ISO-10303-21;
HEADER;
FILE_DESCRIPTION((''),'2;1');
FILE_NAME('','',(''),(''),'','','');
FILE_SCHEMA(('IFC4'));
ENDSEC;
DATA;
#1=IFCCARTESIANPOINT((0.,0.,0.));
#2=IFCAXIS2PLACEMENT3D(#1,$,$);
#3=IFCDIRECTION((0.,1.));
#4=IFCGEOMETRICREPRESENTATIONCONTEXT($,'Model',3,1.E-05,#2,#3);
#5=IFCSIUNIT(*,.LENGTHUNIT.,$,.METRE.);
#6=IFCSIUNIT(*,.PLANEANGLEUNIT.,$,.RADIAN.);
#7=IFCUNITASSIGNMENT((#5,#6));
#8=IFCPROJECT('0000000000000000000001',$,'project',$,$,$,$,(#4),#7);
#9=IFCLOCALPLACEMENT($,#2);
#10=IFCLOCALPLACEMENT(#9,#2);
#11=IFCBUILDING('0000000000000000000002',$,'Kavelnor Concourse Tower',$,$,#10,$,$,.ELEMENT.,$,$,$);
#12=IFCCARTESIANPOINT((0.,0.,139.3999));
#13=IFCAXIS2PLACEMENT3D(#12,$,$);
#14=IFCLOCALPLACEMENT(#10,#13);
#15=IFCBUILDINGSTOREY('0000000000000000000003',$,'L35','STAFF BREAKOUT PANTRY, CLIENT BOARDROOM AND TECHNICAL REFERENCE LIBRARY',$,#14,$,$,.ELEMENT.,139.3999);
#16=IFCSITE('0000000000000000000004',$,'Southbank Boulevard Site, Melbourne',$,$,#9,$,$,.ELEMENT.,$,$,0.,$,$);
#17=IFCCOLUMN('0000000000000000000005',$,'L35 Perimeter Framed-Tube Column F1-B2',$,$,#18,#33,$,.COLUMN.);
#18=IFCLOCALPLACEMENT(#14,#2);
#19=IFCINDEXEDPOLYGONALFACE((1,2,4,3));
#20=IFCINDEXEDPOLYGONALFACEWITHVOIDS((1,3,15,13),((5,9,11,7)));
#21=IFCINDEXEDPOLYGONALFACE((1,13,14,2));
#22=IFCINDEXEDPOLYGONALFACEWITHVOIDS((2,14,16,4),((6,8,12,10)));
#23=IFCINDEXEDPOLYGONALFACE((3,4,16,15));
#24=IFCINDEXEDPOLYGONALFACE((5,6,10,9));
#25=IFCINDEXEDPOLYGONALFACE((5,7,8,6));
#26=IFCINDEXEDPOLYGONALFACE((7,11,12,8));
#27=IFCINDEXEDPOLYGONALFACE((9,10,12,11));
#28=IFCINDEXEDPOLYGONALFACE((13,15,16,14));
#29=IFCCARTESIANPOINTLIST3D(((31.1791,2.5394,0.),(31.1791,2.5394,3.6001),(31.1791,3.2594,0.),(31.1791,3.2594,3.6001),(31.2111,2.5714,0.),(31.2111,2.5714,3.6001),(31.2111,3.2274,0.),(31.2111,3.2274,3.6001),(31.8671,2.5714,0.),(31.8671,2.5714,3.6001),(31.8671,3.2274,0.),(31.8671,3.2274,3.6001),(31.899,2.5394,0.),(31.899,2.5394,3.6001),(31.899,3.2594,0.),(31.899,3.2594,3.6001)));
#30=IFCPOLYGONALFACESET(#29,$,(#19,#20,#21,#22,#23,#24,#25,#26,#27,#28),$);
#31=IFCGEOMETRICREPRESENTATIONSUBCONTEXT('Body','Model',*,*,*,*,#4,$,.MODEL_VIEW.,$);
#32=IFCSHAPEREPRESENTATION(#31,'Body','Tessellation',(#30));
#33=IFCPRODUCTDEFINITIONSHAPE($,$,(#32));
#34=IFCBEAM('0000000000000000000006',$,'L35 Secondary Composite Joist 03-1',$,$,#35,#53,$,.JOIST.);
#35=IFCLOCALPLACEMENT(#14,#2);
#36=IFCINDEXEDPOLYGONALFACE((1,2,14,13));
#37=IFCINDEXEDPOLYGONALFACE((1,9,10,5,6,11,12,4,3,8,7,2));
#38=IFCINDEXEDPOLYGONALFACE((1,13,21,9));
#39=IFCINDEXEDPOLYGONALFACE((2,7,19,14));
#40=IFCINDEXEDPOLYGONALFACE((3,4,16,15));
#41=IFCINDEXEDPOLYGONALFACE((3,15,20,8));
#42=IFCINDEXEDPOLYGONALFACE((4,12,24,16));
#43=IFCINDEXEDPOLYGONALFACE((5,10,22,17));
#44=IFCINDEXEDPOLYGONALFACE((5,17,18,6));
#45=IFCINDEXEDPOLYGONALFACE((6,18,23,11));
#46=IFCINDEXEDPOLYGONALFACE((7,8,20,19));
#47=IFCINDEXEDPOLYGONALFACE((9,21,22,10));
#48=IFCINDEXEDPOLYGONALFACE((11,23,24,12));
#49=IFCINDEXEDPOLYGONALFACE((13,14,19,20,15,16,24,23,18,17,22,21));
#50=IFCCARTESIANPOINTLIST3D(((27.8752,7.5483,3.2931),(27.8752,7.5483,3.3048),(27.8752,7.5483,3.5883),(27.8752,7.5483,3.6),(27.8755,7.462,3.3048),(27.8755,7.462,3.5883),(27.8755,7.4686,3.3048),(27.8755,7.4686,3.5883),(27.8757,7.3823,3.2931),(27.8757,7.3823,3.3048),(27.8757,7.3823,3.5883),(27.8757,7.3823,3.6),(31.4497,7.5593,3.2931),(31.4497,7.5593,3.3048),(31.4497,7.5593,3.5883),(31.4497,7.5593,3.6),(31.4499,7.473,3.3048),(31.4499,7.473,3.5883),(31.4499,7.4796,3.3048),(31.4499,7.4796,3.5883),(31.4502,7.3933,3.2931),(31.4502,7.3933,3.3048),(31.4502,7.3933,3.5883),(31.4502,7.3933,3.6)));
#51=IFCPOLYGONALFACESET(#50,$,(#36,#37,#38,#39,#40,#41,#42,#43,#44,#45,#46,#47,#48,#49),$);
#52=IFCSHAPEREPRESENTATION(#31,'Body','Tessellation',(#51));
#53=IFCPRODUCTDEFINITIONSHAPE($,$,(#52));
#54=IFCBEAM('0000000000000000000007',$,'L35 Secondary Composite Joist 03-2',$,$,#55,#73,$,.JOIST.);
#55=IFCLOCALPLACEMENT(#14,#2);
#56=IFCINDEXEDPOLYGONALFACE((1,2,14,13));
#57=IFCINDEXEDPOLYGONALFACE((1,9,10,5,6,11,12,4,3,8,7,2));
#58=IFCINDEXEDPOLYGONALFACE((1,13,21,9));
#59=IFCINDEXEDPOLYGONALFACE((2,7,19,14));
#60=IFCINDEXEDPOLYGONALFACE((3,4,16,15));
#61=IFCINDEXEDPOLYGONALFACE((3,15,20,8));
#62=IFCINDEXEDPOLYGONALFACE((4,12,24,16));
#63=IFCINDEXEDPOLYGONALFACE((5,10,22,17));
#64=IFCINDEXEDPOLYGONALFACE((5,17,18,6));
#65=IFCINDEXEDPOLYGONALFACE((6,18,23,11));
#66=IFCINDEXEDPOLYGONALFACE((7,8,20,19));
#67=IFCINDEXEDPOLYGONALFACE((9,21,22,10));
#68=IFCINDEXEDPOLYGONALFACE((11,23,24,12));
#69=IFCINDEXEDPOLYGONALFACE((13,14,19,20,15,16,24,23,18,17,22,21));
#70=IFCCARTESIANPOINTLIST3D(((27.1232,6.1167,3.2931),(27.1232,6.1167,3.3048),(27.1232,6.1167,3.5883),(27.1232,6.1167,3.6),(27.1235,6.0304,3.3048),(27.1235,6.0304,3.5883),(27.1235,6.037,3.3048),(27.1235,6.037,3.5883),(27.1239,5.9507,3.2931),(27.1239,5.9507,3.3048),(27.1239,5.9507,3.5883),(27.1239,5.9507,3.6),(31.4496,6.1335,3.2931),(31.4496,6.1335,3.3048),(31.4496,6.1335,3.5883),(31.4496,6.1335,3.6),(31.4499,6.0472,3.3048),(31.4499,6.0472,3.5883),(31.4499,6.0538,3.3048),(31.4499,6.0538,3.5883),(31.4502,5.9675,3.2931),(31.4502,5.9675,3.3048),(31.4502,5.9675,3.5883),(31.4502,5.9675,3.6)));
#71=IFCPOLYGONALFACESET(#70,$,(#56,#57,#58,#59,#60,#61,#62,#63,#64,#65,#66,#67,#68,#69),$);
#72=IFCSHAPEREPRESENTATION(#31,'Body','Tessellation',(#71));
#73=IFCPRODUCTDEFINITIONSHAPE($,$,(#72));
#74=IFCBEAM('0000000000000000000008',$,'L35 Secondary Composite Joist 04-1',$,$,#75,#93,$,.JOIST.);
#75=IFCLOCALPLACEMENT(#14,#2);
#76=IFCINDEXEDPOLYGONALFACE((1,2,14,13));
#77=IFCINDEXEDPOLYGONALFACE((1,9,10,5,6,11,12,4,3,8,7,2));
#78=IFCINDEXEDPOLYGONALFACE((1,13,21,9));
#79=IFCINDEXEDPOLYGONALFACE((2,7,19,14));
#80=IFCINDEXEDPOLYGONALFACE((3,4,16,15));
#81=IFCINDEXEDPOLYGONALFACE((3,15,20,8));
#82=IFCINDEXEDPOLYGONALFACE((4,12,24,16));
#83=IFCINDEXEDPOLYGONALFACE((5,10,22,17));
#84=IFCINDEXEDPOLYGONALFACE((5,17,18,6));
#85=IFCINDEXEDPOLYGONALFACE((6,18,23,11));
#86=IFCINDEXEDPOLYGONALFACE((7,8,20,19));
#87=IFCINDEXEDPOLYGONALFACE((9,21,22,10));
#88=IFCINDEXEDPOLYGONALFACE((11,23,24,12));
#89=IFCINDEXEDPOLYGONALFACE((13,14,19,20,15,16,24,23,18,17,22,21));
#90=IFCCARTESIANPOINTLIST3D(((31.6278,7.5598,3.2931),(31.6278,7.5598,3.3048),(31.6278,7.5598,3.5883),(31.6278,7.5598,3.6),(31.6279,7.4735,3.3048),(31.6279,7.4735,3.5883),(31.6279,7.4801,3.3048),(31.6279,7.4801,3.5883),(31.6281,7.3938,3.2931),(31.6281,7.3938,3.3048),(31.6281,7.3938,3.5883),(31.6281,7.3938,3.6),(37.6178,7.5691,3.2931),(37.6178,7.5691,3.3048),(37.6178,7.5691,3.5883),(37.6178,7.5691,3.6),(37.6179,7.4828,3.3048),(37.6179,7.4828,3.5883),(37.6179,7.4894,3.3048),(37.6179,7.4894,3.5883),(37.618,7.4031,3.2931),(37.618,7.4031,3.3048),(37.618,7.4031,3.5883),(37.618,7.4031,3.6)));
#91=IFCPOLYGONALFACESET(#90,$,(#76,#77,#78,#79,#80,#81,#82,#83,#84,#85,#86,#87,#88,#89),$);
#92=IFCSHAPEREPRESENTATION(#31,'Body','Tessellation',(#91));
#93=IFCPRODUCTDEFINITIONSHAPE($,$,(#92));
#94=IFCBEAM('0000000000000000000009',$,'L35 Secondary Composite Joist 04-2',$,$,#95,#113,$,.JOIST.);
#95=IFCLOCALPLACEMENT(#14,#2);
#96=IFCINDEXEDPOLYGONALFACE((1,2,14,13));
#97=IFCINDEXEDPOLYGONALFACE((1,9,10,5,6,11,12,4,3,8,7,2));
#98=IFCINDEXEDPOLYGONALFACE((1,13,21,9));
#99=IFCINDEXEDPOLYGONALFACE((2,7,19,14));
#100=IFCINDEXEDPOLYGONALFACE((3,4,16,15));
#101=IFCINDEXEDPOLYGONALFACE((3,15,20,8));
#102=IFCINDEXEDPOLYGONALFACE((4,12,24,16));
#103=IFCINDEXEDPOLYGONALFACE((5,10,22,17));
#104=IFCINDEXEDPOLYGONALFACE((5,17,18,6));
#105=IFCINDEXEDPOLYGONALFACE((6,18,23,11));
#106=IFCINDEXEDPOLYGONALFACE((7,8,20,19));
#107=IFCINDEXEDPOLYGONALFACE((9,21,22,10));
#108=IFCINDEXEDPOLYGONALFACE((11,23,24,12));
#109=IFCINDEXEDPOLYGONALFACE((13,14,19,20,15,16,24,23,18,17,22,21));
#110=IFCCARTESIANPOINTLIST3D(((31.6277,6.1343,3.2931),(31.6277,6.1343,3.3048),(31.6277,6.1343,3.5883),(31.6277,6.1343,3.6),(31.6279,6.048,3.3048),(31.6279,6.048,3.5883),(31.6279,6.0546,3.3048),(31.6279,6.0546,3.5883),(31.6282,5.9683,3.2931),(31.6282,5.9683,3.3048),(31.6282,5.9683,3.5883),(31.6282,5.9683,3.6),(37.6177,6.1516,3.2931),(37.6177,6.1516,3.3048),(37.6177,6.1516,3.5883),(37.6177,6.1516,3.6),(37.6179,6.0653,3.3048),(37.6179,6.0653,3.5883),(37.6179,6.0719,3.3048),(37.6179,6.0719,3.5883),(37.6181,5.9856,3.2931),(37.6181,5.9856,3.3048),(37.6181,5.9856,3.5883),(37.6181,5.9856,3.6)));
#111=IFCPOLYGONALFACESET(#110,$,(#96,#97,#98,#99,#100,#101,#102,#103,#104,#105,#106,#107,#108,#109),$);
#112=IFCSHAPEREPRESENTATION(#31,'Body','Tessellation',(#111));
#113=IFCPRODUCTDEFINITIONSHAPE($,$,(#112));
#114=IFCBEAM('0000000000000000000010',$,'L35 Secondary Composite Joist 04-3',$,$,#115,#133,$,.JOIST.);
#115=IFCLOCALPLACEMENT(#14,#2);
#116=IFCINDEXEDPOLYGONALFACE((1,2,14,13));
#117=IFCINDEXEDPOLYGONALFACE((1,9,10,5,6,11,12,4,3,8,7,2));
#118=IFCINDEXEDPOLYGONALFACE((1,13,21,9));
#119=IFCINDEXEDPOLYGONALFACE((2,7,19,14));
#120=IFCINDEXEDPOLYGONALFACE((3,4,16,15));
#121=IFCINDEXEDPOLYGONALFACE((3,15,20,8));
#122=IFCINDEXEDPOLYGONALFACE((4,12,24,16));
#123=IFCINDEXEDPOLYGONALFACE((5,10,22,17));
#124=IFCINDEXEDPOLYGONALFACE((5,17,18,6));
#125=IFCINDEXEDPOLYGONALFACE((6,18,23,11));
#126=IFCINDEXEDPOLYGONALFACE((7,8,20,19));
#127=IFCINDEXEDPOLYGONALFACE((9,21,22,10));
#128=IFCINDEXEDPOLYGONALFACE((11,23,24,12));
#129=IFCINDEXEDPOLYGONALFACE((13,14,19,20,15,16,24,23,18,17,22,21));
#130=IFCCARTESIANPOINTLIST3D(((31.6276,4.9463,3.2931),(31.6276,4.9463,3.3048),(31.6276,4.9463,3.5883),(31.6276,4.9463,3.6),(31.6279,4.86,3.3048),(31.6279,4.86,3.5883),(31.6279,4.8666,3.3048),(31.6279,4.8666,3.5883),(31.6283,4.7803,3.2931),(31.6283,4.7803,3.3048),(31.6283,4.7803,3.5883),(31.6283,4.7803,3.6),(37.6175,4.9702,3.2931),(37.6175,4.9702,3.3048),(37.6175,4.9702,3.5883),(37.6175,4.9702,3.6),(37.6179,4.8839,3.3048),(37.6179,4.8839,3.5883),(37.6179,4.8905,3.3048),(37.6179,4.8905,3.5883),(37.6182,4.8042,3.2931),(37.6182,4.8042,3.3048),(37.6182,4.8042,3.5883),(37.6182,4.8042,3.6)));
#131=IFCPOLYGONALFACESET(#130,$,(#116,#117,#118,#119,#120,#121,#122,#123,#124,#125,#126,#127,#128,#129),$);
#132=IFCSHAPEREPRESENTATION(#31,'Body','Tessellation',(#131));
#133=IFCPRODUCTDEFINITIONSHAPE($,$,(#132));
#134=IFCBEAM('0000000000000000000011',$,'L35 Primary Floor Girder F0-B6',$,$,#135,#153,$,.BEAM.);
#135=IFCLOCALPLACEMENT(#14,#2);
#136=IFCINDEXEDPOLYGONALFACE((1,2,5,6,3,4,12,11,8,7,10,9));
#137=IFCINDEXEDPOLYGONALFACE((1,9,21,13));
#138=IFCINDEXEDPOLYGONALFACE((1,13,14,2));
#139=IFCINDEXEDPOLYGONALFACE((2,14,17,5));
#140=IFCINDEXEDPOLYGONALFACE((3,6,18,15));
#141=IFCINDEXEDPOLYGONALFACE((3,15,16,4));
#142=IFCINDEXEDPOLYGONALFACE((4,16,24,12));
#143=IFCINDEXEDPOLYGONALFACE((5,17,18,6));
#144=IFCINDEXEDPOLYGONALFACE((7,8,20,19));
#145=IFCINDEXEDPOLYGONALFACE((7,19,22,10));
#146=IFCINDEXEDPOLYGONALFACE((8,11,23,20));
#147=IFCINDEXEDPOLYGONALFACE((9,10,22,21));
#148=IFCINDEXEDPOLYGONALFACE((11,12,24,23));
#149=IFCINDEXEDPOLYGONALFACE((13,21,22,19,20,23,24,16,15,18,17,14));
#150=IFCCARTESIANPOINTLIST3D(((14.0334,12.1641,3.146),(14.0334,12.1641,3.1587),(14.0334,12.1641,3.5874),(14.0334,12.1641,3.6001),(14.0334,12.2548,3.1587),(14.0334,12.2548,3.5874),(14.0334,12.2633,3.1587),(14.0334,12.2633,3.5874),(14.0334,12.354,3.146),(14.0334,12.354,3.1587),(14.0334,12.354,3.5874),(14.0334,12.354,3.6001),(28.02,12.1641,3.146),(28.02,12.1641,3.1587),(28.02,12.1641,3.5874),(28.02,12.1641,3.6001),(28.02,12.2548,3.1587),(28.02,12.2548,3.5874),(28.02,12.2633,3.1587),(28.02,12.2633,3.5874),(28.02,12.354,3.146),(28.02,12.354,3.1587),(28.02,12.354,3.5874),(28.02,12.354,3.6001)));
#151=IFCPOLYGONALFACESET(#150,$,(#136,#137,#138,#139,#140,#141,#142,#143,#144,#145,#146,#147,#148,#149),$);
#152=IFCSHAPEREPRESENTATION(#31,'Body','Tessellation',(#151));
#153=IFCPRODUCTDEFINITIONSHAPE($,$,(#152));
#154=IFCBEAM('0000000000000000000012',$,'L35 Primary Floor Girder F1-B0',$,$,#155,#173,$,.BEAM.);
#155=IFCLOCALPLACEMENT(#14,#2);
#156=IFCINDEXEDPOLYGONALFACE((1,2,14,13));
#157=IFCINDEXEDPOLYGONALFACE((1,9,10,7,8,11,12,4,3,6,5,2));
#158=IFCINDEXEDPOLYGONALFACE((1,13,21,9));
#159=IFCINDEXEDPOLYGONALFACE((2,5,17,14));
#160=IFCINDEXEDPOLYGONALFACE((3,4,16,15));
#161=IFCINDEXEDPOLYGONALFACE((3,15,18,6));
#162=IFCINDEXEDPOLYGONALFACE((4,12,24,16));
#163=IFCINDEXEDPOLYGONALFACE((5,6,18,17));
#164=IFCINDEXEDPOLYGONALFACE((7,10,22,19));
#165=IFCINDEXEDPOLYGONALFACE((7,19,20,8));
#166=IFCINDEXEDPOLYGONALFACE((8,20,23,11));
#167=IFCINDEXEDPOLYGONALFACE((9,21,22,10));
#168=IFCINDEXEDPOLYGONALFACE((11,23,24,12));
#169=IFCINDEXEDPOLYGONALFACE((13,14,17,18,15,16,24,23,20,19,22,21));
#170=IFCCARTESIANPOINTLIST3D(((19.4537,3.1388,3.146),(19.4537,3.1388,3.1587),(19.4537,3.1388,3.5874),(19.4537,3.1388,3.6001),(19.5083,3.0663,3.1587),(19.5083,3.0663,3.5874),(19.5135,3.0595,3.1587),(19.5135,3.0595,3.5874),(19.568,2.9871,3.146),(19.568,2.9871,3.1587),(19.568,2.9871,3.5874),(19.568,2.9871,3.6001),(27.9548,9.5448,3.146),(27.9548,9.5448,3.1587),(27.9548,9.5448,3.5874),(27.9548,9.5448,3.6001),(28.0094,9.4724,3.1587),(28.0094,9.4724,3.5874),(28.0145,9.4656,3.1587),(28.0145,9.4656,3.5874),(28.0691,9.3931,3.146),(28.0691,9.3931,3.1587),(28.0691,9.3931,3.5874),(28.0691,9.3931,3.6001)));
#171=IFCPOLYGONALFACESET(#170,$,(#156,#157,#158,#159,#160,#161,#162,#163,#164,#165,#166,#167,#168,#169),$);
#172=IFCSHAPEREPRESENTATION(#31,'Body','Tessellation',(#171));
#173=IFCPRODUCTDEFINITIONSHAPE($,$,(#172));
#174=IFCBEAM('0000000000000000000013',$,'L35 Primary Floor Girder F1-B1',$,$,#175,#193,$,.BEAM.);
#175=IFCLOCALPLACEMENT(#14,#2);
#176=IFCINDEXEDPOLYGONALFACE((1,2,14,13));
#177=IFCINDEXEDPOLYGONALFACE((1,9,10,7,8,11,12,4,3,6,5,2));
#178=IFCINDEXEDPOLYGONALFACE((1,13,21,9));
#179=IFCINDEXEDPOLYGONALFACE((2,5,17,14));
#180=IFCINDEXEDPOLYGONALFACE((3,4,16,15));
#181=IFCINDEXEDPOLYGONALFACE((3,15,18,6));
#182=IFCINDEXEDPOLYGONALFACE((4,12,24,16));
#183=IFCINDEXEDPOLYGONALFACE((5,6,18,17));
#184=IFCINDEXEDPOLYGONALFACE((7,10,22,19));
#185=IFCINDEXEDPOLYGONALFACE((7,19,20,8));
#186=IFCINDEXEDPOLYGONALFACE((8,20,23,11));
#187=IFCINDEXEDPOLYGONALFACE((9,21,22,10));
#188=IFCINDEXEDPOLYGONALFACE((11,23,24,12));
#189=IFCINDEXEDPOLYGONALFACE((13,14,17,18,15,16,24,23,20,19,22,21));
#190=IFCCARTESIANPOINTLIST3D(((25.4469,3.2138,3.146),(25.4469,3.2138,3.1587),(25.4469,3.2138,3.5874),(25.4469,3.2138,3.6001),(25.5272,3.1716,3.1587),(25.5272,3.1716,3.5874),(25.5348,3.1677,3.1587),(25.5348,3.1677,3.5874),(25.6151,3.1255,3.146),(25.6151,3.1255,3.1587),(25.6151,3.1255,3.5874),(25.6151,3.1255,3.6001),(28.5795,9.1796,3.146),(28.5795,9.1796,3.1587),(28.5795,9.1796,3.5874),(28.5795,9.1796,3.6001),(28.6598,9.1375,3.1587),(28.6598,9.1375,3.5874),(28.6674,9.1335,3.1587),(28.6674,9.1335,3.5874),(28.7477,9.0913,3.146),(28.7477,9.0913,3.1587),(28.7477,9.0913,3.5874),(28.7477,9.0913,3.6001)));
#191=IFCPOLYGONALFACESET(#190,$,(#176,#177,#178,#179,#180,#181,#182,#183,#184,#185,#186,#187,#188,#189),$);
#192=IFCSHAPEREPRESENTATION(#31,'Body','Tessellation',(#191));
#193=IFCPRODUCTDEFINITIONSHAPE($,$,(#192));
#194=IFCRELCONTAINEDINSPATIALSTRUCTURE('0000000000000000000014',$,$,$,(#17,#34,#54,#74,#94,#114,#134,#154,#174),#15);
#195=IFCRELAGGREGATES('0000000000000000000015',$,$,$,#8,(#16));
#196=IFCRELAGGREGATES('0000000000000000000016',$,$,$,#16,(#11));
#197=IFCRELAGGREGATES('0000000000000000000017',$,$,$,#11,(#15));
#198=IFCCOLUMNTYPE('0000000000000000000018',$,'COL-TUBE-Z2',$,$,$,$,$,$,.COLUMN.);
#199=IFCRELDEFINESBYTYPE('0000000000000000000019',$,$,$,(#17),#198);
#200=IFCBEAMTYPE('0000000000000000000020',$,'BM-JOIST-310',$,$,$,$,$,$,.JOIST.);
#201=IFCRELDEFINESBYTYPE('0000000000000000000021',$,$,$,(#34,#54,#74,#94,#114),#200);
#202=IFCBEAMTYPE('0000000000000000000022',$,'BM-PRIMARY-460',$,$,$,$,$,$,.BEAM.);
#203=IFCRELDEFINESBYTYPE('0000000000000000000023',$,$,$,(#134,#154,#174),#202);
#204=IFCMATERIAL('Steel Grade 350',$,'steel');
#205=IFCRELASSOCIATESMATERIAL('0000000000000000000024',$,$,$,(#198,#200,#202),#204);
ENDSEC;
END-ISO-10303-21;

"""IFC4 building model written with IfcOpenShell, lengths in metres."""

from ifc_helpers import new_model, si_unit, direction, frame, origin, origin_2d, place, context, subcontext, project, spatial, hollow_rectangle, i_section, extrude, material, material_profile, profile_set, type_object, element, save


model = new_model("IFC4")

# Units and contexts
model_context = context("Model", 3, precision=1e-05, world=origin(), true_north=direction((0.0, 1.0)))
body_context = subcontext(model_context, "Body", "Model", "MODEL_VIEW")
ifc_project = project(units=[si_unit("LENGTHUNIT", "METRE"), si_unit("PLANEANGLEUNIT", "RADIAN")], contexts=[model_context])

# Site, building, storey
site_placement = place(None, origin())
site = spatial("IfcSite", under=ifc_project, at=site_placement, Name="Southbank Boulevard Site, Melbourne", CompositionType="ELEMENT", RefElevation=0.0)
building_placement = place(site_placement, origin())
building = spatial("IfcBuilding", under=site, at=building_placement, Name="Kavelnor Concourse Tower", CompositionType="ELEMENT")
storey_placement = place(building_placement, frame((0.0, 0.0, 139.3999)))
storey = spatial("IfcBuildingStorey", under=building, at=storey_placement, Name="L35", Description="STAFF BREAKOUT PANTRY, CLIENT BOARDROOM AND TECHNICAL REFERENCE LIBRARY", CompositionType="ELEMENT", Elevation=139.3999)

# Column
ifc_material_1 = material(Name="Steel Grade 350", Category="steel")
ifc_material_profile_1 = material_profile(ifc_material_1, hollow_rectangle(XDim=0.72, YDim=0.72, WallThickness=0.032, at=origin_2d()), Name="SHS 720x720x32")
ifc_profile_set_1 = profile_set([ifc_material_profile_1], Name="Steel Grade 350")
column_type = type_object("IfcColumnType", Name="COL-TUBE-Z2", PredefinedType="COLUMN", material=ifc_profile_set_1)
column_placement = place(storey_placement, frame((31.5391, 2.8994, 0.0), z_axis=(0.0, 0.0, 1.0), x_axis=(1.0, 0.0, 0.0)))
element("IfcColumn", 1, at=column_placement, inside=storey, type_object=column_type, Name="L35 Perimeter Framed-Tube Column F1-B2", PredefinedType="COLUMN", context=body_context, shape_type="SweptSolid", body=[
    extrude(hollow_rectangle(XDim=0.72, YDim=0.72, WallThickness=0.032, at=origin_2d()), origin(), (0.0, 0.0, 1.0), 3.6001),
])

# Beams
ifc_material_profile_2 = material_profile(ifc_material_1, i_section(OverallWidth=0.166, OverallDepth=0.3069, WebThickness=0.0066, FlangeThickness=0.0117, at=origin_2d()), Name="310UB46")
ifc_profile_set_2 = profile_set([ifc_material_profile_2], Name="Steel Grade 350")
beam_type_1 = type_object("IfcBeamType", Name="BM-JOIST-310", PredefinedType="JOIST", material=ifc_profile_set_2)
beam_1_placement = place(storey_placement, frame((27.8755, 7.4653, 3.4465), z_axis=(0.999995, 0.003074, 0.0), x_axis=(-0.003074, 0.999995, 0.0)))
element("IfcBeam", 2, at=beam_1_placement, inside=storey, type_object=beam_type_1, Name="L35 Secondary Composite Joist 03-1", PredefinedType="JOIST", context=body_context, shape_type="SweptSolid", body=[
    extrude(i_section(OverallWidth=0.166, OverallDepth=0.3069, WebThickness=0.0066, FlangeThickness=0.0117, at=origin_2d()), origin(), (0.0, 0.0, 1.0), 3.5745),
])
beam_2_placement = place(storey_placement, frame((27.1235, 6.0337, 3.4465), z_axis=(0.999992, 0.003894, 0.0), x_axis=(-0.003894, 0.999992, 0.0)))
element("IfcBeam", 3, at=beam_2_placement, inside=storey, type_object=beam_type_1, Name="L35 Secondary Composite Joist 03-2", PredefinedType="JOIST", context=body_context, shape_type="SweptSolid", body=[
    extrude(i_section(OverallWidth=0.166, OverallDepth=0.3069, WebThickness=0.0066, FlangeThickness=0.0117, at=origin_2d()), origin(), (0.0, 0.0, 1.0), 4.3264),
])
for number, where, z_axis, x_axis, name in (
    (4, (31.6279, 7.4768, 3.4465), (0.999999, 0.001549, 0.0), (-0.001549, 0.999999, 0.0), "L35 Secondary Composite Joist 04-1"),
    (5, (31.6279, 6.0513, 3.4465), (0.999996, 0.002894, 0.0), (-0.002894, 0.999996, 0.0), "L35 Secondary Composite Joist 04-2"),
    (6, (31.6279, 4.8633, 3.4465), (0.999992, 0.003994, 0.0), (-0.003994, 0.999992, 0.0), "L35 Secondary Composite Joist 04-3"),
):
    element("IfcBeam", number, at=place(storey_placement, frame(where, z_axis=z_axis, x_axis=x_axis)), inside=storey, type_object=beam_type_1, Name=name, PredefinedType="JOIST", context=body_context, shape_type="SweptSolid", body=[
        extrude(i_section(OverallWidth=0.166, OverallDepth=0.3069, WebThickness=0.0066, FlangeThickness=0.0117, at=origin_2d()), origin(), (0.0, 0.0, 1.0), 5.99),
    ])
ifc_material_profile_3 = material_profile(ifc_material_1, i_section(OverallWidth=0.1899, OverallDepth=0.4541, WebThickness=0.0085, FlangeThickness=0.0127, at=origin_2d()), Name="460UB67")
ifc_profile_set_3 = profile_set([ifc_material_profile_3], Name="Steel Grade 350")
beam_type_2 = type_object("IfcBeamType", Name="BM-PRIMARY-460", PredefinedType="BEAM", material=ifc_profile_set_3)
beam_3_placement = place(storey_placement, frame((28.02, 12.259, 3.373), z_axis=(-1.0, 0.0, 0.0), x_axis=(0.0, -1.0, 0.0)))
element("IfcBeam", 7, at=beam_3_placement, inside=storey, type_object=beam_type_2, Name="L35 Primary Floor Girder F0-B6", PredefinedType="BEAM", context=body_context, shape_type="SweptSolid", body=[
    extrude(i_section(OverallWidth=0.1899, OverallDepth=0.4541, WebThickness=0.0085, FlangeThickness=0.0127, at=origin_2d()), origin(), (0.0, 0.0, 1.0), 13.9866),
])
beam_4_placement = place(storey_placement, frame((28.012, 9.469, 3.373), z_axis=(-0.798633, -0.601819, 0.0), x_axis=(0.601819, -0.798633, 0.0)))
element("IfcBeam", 8, at=beam_4_placement, inside=storey, type_object=beam_type_2, Name="L35 Primary Floor Girder F1-B0", PredefinedType="BEAM", context=body_context, shape_type="SweptSolid", body=[
    extrude(i_section(OverallWidth=0.1899, OverallDepth=0.4541, WebThickness=0.0085, FlangeThickness=0.0127, at=origin_2d()), origin(), (0.0, 0.0, 1.0), 10.6445),
])
beam_5_placement = place(storey_placement, frame((28.6636, 9.1355, 3.373), z_axis=(-0.464894, -0.885367, 0.0), x_axis=(0.885367, -0.464894, 0.0)))
element("IfcBeam", 9, at=beam_5_placement, inside=storey, type_object=beam_type_2, Name="L35 Primary Floor Girder F1-B1", PredefinedType="BEAM", context=body_context, shape_type="SweptSolid", body=[
    extrude(i_section(OverallWidth=0.1899, OverallDepth=0.4541, WebThickness=0.0085, FlangeThickness=0.0127, at=origin_2d()), origin(), (0.0, 0.0, 1.0), 6.7383),
])

save(model, "model.ifc")
